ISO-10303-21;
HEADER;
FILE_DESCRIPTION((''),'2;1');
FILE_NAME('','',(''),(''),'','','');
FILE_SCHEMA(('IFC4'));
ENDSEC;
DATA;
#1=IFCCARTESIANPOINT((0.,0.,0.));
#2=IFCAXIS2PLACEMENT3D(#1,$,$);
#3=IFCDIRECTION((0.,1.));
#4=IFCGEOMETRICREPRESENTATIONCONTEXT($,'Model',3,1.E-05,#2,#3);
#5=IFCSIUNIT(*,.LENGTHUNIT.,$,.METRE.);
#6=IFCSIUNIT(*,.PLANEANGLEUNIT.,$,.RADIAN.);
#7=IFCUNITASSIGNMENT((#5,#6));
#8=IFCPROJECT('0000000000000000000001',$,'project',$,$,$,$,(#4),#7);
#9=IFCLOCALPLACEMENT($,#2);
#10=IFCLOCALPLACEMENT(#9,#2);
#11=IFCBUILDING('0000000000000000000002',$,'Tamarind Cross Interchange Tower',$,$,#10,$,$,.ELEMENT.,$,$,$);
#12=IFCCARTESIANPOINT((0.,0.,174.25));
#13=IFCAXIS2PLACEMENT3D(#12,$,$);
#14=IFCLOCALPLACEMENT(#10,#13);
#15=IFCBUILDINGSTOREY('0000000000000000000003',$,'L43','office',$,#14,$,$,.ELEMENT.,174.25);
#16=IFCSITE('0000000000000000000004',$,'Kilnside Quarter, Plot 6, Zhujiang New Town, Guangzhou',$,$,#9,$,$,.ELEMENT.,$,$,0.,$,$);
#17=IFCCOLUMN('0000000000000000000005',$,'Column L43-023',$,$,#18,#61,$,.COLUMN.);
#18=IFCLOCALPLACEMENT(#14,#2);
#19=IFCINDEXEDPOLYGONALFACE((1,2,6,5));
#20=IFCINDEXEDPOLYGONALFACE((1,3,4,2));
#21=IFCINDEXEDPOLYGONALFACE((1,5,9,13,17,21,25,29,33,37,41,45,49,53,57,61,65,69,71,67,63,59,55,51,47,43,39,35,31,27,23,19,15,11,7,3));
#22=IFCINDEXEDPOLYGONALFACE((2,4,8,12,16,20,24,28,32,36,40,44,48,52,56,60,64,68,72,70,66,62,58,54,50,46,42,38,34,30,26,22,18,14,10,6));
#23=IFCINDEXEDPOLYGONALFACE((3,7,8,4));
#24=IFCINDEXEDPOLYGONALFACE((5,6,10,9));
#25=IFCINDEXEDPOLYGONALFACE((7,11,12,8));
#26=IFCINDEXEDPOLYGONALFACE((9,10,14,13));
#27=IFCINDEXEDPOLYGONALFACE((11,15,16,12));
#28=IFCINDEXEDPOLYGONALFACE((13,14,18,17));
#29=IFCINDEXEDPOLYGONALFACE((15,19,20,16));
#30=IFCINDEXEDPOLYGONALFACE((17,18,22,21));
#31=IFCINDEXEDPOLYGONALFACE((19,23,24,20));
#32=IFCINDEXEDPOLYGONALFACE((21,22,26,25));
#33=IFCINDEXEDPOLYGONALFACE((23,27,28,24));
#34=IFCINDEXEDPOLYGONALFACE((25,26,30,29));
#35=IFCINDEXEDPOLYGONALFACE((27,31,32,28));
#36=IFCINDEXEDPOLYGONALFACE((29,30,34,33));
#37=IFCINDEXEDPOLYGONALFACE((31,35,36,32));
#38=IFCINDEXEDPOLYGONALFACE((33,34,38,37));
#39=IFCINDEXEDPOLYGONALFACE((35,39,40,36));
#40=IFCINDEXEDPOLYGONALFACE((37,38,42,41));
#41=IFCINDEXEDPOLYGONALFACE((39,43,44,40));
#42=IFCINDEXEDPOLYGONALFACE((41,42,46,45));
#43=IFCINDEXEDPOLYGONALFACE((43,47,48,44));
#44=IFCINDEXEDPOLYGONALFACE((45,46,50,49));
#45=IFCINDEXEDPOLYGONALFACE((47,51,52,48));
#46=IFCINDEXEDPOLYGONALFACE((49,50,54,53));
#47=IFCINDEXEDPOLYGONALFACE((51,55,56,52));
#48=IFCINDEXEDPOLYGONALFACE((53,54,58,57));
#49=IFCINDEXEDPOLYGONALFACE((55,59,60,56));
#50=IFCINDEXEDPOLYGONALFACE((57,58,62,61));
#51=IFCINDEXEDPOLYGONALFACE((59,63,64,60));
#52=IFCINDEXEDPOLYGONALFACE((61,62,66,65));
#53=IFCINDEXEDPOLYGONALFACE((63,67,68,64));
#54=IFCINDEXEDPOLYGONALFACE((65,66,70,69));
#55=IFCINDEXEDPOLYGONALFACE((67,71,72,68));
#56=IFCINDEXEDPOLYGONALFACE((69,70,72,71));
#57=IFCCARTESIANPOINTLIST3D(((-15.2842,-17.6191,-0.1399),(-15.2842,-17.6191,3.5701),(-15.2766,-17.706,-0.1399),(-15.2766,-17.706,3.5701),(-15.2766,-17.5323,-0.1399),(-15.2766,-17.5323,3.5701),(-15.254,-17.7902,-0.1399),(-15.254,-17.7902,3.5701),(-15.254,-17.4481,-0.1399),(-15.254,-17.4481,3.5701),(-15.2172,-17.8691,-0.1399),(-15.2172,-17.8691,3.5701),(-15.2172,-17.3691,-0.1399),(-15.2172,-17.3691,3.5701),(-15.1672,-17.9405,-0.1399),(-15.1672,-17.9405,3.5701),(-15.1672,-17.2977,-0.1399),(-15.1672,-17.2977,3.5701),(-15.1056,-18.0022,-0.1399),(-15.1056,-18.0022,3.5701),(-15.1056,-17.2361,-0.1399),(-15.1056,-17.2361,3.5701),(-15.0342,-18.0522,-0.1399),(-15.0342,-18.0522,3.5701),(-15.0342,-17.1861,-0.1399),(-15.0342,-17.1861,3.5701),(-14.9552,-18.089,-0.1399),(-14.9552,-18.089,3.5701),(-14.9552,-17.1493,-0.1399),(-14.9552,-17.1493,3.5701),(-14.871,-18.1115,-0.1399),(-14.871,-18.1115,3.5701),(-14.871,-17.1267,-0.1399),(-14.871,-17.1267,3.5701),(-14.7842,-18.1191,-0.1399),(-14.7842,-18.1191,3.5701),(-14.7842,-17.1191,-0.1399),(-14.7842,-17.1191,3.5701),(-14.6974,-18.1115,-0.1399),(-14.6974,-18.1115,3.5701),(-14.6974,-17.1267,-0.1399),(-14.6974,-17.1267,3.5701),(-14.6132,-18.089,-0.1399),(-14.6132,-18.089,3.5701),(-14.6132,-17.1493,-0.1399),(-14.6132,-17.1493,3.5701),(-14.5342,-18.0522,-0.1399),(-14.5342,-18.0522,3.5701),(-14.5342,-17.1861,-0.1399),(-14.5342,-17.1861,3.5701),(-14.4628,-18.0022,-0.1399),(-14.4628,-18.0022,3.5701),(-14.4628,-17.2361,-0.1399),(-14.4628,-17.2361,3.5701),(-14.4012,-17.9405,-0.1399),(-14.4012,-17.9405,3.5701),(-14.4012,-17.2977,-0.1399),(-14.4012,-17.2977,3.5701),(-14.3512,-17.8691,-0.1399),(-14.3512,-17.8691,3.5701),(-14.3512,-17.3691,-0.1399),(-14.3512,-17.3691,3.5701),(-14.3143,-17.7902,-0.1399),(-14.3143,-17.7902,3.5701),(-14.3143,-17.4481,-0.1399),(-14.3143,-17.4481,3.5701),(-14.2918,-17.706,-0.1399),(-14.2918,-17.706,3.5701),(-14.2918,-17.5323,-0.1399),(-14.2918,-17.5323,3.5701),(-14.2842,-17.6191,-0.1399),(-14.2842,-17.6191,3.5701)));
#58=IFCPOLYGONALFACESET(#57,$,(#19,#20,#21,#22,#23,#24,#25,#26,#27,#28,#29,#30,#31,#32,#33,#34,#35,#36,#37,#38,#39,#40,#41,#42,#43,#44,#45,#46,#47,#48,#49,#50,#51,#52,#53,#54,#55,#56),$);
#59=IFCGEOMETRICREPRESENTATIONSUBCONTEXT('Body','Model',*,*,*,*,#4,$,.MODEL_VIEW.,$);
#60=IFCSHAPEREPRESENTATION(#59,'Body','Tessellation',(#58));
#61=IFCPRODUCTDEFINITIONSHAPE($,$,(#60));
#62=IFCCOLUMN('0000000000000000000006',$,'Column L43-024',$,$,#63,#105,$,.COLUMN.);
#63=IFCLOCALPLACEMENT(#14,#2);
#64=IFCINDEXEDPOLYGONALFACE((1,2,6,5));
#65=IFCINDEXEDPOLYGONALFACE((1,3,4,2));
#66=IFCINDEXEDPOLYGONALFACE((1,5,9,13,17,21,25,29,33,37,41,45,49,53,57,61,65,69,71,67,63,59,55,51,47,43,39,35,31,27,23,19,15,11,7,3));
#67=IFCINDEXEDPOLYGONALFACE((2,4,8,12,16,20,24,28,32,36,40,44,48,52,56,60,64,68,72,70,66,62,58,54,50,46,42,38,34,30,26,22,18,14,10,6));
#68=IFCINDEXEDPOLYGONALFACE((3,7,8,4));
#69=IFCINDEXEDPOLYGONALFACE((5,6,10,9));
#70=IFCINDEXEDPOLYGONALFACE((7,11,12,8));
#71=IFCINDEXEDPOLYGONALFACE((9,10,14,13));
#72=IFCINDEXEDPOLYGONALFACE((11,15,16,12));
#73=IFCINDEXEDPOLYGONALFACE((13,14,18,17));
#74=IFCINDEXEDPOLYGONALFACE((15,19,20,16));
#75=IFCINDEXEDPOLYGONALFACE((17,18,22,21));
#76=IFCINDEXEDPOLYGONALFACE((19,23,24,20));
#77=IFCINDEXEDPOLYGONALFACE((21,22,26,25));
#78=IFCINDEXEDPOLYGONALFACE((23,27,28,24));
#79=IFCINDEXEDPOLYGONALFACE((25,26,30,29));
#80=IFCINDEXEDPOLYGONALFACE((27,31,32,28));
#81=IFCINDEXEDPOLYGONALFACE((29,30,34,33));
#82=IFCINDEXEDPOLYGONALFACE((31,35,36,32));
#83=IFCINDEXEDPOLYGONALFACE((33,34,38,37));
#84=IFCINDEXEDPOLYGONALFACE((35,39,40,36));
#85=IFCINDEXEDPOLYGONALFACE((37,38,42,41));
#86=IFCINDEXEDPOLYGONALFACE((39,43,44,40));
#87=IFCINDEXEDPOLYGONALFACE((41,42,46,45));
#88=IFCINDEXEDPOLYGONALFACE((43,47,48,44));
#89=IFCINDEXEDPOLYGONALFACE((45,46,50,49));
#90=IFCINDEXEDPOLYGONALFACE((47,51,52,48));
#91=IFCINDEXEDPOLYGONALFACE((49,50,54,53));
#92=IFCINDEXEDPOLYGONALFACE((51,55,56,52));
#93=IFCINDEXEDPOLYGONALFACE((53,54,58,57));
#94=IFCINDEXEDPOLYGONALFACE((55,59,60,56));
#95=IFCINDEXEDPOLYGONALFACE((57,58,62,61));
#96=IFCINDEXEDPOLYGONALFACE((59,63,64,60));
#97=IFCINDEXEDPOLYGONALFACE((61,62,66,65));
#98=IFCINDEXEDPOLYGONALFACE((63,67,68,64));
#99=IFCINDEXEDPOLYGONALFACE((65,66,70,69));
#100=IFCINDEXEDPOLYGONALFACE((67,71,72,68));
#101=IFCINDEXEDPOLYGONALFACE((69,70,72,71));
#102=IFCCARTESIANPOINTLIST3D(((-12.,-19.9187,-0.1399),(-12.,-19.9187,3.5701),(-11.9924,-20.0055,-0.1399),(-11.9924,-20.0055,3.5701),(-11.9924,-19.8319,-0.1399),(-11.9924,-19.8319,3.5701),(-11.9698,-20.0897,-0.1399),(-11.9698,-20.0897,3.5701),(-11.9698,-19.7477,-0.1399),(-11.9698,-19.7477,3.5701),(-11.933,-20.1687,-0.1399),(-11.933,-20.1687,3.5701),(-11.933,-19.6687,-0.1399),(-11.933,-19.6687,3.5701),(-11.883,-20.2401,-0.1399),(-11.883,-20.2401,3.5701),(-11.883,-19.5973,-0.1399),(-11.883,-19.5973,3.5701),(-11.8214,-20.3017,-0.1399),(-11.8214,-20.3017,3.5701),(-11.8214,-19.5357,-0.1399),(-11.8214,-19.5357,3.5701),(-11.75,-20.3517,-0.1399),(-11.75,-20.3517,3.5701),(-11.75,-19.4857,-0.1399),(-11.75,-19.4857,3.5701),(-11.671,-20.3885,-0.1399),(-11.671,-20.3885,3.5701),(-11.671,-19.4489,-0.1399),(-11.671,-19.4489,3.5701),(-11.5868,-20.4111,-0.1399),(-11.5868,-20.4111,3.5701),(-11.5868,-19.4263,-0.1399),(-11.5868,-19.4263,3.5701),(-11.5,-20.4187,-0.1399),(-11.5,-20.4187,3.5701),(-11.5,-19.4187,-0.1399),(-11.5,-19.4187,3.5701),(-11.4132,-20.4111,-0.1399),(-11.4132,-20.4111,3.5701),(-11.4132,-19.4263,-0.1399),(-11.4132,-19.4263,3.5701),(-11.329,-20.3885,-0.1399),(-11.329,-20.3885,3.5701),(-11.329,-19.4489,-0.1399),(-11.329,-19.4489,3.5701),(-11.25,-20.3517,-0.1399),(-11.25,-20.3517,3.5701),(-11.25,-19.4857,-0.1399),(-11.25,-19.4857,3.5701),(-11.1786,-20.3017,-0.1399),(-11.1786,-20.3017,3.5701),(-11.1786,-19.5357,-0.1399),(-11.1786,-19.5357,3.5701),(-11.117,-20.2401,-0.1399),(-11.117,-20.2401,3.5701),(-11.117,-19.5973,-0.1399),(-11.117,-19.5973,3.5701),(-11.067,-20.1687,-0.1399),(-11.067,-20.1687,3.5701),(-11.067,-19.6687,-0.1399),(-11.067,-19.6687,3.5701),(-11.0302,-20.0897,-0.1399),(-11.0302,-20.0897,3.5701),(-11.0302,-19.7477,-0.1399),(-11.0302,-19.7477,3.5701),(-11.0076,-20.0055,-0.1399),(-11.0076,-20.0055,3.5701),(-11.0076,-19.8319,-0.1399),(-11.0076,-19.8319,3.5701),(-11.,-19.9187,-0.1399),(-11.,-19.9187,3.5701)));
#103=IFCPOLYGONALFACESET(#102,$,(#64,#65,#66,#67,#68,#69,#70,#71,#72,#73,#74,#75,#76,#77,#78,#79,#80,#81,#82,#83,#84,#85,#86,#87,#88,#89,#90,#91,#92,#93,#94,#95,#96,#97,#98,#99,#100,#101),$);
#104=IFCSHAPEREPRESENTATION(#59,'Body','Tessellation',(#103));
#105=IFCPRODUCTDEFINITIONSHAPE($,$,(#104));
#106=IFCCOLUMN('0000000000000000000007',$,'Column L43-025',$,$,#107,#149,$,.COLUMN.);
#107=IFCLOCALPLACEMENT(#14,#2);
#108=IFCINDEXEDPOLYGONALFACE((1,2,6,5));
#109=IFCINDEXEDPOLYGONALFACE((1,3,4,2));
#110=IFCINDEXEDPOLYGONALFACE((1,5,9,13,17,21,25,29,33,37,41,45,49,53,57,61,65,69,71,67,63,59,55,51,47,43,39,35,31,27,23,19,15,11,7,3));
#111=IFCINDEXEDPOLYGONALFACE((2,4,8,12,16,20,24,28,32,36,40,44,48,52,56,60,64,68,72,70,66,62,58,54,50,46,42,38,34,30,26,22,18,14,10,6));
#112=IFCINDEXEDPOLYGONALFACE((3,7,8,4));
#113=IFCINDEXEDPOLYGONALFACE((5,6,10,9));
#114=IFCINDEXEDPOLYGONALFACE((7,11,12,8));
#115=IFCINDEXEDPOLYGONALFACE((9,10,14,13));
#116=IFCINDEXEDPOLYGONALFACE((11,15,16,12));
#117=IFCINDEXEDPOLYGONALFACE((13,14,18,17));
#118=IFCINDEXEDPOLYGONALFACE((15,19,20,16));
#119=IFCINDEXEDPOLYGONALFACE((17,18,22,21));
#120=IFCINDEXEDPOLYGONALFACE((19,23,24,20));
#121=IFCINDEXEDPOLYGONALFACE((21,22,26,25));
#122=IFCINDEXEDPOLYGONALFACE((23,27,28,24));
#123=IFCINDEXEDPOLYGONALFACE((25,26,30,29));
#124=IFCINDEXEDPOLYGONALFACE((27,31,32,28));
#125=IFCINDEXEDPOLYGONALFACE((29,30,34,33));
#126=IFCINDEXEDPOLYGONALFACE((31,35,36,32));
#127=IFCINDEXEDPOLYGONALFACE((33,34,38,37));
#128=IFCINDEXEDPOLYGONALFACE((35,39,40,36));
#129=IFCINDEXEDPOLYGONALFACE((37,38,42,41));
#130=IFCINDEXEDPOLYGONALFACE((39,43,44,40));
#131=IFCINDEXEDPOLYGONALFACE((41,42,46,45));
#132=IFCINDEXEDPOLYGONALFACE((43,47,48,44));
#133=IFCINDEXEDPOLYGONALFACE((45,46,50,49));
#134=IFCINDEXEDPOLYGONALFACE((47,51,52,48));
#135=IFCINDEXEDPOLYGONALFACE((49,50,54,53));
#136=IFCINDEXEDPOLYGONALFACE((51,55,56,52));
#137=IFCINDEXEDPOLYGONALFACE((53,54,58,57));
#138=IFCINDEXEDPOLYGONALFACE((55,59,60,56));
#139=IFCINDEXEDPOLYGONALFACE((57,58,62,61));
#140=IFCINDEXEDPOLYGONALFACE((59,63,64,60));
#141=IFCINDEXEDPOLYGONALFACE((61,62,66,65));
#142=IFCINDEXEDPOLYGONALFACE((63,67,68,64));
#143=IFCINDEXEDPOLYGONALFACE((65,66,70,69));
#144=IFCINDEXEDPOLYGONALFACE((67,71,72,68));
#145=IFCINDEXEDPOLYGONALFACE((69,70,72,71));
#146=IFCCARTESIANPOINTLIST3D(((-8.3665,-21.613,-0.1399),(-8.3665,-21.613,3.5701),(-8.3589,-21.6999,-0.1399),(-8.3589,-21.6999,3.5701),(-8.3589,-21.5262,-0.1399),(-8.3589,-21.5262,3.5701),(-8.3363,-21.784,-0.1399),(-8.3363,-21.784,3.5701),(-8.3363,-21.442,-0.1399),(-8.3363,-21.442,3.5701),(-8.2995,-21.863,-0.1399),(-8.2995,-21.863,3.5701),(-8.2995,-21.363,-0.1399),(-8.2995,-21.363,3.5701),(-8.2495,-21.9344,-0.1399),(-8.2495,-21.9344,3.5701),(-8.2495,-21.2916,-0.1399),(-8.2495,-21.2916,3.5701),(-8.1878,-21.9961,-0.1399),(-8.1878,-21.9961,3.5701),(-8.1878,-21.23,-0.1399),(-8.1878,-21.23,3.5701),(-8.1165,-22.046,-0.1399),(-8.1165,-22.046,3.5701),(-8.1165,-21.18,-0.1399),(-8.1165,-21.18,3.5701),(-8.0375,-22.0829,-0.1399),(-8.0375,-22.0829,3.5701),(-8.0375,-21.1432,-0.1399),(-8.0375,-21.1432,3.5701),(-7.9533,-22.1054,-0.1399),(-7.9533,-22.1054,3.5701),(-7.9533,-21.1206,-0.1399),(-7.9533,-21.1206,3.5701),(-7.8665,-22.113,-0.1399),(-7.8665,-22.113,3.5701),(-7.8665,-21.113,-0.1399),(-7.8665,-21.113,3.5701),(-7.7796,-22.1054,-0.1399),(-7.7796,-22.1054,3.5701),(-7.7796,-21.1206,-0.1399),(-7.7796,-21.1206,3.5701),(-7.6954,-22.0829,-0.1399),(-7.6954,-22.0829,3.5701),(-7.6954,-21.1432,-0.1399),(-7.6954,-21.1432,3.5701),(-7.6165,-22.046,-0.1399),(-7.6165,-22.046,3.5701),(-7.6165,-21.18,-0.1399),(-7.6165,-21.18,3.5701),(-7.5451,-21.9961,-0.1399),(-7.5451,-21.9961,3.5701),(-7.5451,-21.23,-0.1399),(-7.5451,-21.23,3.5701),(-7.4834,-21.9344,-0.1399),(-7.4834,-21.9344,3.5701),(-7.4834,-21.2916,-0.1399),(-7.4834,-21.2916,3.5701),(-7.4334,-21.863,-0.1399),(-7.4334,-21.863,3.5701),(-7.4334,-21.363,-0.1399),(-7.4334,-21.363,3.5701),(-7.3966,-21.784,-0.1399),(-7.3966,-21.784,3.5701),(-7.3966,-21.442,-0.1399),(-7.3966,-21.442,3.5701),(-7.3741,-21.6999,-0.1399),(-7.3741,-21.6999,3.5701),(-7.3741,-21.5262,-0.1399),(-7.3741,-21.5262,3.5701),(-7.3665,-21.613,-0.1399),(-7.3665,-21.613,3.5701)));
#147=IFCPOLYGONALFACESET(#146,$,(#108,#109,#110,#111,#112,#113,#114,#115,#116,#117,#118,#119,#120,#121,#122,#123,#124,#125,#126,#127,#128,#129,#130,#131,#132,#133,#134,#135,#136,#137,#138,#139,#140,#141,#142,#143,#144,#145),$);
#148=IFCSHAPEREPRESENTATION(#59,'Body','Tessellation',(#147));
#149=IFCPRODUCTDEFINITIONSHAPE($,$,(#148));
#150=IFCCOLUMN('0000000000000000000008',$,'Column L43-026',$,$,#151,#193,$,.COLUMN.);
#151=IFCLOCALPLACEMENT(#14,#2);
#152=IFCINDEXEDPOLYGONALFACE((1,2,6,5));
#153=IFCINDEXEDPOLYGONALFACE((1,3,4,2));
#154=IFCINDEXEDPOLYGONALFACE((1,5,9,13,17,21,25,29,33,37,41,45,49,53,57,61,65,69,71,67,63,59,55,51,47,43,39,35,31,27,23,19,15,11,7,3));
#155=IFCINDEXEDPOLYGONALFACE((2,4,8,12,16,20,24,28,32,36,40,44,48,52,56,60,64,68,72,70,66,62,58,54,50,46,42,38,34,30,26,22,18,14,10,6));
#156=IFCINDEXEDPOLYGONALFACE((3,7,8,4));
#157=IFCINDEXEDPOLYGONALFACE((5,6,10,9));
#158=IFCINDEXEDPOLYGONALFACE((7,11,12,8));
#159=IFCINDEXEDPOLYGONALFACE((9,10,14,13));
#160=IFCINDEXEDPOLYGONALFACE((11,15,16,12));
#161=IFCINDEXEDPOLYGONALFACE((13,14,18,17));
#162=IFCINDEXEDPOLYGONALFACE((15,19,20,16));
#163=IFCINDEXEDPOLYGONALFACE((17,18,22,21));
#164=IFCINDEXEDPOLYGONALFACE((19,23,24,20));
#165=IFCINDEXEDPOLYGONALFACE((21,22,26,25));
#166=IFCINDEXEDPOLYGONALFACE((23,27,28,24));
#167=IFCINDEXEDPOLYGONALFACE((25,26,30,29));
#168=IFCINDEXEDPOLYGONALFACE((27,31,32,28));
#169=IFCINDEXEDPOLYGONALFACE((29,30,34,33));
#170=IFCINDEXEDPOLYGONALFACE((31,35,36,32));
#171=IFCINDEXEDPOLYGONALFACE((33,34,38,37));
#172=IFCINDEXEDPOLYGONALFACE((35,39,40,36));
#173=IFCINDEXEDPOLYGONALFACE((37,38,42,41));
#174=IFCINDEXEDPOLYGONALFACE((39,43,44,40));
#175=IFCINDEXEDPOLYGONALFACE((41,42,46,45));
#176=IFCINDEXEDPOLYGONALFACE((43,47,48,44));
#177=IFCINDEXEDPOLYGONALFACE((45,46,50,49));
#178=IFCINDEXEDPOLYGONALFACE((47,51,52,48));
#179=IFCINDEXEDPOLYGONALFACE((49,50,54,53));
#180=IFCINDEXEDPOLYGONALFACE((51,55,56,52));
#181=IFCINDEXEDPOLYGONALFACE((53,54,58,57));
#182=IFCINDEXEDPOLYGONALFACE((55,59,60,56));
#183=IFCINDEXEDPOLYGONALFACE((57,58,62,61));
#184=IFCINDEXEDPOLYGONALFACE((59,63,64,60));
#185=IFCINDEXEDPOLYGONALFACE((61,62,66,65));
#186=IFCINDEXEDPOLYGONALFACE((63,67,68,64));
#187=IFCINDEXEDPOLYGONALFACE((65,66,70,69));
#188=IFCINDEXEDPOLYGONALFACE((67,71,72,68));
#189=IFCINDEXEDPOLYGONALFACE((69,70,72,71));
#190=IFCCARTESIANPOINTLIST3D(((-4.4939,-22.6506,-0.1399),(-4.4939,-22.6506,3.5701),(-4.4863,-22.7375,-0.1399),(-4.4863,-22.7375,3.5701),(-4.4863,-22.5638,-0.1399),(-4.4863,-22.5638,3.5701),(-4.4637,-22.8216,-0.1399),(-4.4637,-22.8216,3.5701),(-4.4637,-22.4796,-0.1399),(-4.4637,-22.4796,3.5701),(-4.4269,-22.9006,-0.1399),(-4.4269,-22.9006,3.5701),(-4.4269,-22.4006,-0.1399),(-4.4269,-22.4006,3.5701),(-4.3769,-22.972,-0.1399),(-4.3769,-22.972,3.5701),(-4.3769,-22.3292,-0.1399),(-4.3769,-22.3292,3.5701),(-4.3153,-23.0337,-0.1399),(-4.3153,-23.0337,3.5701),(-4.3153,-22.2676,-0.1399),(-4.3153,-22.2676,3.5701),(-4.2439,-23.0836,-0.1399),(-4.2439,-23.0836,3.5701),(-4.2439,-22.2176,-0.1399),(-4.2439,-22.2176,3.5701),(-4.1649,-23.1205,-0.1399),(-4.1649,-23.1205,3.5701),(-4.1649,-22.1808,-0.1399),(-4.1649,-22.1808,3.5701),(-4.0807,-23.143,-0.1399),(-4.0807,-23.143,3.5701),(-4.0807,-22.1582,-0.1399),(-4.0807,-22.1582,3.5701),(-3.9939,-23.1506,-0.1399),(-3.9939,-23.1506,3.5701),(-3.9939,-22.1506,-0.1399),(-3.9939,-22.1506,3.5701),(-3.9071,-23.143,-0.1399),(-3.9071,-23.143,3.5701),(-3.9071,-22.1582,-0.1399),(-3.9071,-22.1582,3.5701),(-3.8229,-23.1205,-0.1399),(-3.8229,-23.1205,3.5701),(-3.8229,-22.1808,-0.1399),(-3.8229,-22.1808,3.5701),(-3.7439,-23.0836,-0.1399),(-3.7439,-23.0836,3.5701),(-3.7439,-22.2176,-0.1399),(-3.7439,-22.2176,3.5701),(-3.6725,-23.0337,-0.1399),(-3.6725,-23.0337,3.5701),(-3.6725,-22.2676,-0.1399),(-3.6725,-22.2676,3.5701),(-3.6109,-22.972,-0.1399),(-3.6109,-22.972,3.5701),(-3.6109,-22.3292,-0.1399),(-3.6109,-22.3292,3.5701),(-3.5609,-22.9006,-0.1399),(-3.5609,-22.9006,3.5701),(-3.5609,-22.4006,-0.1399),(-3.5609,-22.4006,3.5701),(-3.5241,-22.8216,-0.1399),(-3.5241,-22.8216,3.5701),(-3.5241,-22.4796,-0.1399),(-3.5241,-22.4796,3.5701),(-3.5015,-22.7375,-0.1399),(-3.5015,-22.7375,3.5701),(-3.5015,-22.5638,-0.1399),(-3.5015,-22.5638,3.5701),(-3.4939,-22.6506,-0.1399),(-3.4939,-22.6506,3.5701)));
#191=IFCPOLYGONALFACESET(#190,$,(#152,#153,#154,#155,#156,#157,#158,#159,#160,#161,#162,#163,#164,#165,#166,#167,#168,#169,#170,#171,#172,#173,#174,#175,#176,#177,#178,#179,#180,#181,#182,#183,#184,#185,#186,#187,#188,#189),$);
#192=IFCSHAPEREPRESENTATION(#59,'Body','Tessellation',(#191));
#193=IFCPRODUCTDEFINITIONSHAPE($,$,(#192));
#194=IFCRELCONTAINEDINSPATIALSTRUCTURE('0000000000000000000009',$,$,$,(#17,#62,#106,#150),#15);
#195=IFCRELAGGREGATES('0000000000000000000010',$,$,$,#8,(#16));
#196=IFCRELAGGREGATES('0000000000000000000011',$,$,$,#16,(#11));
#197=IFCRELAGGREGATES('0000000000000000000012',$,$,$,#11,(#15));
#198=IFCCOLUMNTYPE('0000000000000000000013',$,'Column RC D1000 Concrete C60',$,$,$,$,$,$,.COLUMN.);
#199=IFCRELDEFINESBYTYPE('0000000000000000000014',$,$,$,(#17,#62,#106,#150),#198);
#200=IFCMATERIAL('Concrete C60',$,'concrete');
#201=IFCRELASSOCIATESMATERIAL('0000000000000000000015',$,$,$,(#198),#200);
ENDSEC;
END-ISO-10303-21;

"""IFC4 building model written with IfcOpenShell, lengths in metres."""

from ifc_helpers import new_model, si_unit, direction, frame, origin, origin_2d, place, context, subcontext, project, spatial, circle, extrude, material, material_profile, profile_set, type_object, element, save


model = new_model("IFC4")

# Units and contexts
model_context = context("Model", 3, precision=1e-05, world=origin(), true_north=direction((0.0, 1.0)))
body_context = subcontext(model_context, "Body", "Model", "MODEL_VIEW")
ifc_project = project(units=[si_unit("LENGTHUNIT", "METRE"), si_unit("PLANEANGLEUNIT", "RADIAN")], contexts=[model_context])

# Site, building, storey
site_placement = place(None, origin())
site = spatial("IfcSite", under=ifc_project, at=site_placement, Name="Kilnside Quarter, Plot 6, Zhujiang New Town, Guangzhou", CompositionType="ELEMENT", RefElevation=0.0)
building_placement = place(site_placement, origin())
building = spatial("IfcBuilding", under=site, at=building_placement, Name="Tamarind Cross Interchange Tower", CompositionType="ELEMENT")
storey_placement = place(building_placement, frame((0.0, 0.0, 174.25)))
storey = spatial("IfcBuildingStorey", under=building, at=storey_placement, Name="L43", Description="office", CompositionType="ELEMENT", Elevation=174.25)

# Columns
ifc_material_1 = material(Name="Concrete C60", Category="concrete")
ifc_material_profile_1 = material_profile(ifc_material_1, circle(Radius=0.5, at=origin_2d()), Name="RC D1000")
ifc_profile_set_1 = profile_set([ifc_material_profile_1], Name="Concrete C60")
column_type = type_object("IfcColumnType", Name="Column RC D1000 Concrete C60", PredefinedType="COLUMN", material=ifc_profile_set_1)
for number, where, z_axis, x_axis, name in (
    (1, (-14.7842, -17.6191, -0.1399), (0.0, 0.0, 1.0), (1.0, 0.0, 0.0), "Column L43-023"),
    (2, (-11.5, -19.9187, -0.1399), (0.0, 0.0, 1.0), (1.0, 0.0, 0.0), "Column L43-024"),
    (3, (-7.8665, -21.613, -0.1399), (0.0, 0.0, 1.0), (1.0, 0.0, 0.0), "Column L43-025"),
    (4, (-3.9939, -22.6506, -0.1399), (0.0, 0.0, 1.0), (1.0, 0.0, 0.0), "Column L43-026"),
):
    element("IfcColumn", number, at=place(storey_placement, frame(where, z_axis=z_axis, x_axis=x_axis)), inside=storey, type_object=column_type, Name=name, PredefinedType="COLUMN", context=body_context, shape_type="SweptSolid", body=[
        extrude(circle(Radius=0.5, at=origin_2d()), origin(), (0.0, 0.0, 1.0), 3.71),
    ])

save(model, "model.ifc")
